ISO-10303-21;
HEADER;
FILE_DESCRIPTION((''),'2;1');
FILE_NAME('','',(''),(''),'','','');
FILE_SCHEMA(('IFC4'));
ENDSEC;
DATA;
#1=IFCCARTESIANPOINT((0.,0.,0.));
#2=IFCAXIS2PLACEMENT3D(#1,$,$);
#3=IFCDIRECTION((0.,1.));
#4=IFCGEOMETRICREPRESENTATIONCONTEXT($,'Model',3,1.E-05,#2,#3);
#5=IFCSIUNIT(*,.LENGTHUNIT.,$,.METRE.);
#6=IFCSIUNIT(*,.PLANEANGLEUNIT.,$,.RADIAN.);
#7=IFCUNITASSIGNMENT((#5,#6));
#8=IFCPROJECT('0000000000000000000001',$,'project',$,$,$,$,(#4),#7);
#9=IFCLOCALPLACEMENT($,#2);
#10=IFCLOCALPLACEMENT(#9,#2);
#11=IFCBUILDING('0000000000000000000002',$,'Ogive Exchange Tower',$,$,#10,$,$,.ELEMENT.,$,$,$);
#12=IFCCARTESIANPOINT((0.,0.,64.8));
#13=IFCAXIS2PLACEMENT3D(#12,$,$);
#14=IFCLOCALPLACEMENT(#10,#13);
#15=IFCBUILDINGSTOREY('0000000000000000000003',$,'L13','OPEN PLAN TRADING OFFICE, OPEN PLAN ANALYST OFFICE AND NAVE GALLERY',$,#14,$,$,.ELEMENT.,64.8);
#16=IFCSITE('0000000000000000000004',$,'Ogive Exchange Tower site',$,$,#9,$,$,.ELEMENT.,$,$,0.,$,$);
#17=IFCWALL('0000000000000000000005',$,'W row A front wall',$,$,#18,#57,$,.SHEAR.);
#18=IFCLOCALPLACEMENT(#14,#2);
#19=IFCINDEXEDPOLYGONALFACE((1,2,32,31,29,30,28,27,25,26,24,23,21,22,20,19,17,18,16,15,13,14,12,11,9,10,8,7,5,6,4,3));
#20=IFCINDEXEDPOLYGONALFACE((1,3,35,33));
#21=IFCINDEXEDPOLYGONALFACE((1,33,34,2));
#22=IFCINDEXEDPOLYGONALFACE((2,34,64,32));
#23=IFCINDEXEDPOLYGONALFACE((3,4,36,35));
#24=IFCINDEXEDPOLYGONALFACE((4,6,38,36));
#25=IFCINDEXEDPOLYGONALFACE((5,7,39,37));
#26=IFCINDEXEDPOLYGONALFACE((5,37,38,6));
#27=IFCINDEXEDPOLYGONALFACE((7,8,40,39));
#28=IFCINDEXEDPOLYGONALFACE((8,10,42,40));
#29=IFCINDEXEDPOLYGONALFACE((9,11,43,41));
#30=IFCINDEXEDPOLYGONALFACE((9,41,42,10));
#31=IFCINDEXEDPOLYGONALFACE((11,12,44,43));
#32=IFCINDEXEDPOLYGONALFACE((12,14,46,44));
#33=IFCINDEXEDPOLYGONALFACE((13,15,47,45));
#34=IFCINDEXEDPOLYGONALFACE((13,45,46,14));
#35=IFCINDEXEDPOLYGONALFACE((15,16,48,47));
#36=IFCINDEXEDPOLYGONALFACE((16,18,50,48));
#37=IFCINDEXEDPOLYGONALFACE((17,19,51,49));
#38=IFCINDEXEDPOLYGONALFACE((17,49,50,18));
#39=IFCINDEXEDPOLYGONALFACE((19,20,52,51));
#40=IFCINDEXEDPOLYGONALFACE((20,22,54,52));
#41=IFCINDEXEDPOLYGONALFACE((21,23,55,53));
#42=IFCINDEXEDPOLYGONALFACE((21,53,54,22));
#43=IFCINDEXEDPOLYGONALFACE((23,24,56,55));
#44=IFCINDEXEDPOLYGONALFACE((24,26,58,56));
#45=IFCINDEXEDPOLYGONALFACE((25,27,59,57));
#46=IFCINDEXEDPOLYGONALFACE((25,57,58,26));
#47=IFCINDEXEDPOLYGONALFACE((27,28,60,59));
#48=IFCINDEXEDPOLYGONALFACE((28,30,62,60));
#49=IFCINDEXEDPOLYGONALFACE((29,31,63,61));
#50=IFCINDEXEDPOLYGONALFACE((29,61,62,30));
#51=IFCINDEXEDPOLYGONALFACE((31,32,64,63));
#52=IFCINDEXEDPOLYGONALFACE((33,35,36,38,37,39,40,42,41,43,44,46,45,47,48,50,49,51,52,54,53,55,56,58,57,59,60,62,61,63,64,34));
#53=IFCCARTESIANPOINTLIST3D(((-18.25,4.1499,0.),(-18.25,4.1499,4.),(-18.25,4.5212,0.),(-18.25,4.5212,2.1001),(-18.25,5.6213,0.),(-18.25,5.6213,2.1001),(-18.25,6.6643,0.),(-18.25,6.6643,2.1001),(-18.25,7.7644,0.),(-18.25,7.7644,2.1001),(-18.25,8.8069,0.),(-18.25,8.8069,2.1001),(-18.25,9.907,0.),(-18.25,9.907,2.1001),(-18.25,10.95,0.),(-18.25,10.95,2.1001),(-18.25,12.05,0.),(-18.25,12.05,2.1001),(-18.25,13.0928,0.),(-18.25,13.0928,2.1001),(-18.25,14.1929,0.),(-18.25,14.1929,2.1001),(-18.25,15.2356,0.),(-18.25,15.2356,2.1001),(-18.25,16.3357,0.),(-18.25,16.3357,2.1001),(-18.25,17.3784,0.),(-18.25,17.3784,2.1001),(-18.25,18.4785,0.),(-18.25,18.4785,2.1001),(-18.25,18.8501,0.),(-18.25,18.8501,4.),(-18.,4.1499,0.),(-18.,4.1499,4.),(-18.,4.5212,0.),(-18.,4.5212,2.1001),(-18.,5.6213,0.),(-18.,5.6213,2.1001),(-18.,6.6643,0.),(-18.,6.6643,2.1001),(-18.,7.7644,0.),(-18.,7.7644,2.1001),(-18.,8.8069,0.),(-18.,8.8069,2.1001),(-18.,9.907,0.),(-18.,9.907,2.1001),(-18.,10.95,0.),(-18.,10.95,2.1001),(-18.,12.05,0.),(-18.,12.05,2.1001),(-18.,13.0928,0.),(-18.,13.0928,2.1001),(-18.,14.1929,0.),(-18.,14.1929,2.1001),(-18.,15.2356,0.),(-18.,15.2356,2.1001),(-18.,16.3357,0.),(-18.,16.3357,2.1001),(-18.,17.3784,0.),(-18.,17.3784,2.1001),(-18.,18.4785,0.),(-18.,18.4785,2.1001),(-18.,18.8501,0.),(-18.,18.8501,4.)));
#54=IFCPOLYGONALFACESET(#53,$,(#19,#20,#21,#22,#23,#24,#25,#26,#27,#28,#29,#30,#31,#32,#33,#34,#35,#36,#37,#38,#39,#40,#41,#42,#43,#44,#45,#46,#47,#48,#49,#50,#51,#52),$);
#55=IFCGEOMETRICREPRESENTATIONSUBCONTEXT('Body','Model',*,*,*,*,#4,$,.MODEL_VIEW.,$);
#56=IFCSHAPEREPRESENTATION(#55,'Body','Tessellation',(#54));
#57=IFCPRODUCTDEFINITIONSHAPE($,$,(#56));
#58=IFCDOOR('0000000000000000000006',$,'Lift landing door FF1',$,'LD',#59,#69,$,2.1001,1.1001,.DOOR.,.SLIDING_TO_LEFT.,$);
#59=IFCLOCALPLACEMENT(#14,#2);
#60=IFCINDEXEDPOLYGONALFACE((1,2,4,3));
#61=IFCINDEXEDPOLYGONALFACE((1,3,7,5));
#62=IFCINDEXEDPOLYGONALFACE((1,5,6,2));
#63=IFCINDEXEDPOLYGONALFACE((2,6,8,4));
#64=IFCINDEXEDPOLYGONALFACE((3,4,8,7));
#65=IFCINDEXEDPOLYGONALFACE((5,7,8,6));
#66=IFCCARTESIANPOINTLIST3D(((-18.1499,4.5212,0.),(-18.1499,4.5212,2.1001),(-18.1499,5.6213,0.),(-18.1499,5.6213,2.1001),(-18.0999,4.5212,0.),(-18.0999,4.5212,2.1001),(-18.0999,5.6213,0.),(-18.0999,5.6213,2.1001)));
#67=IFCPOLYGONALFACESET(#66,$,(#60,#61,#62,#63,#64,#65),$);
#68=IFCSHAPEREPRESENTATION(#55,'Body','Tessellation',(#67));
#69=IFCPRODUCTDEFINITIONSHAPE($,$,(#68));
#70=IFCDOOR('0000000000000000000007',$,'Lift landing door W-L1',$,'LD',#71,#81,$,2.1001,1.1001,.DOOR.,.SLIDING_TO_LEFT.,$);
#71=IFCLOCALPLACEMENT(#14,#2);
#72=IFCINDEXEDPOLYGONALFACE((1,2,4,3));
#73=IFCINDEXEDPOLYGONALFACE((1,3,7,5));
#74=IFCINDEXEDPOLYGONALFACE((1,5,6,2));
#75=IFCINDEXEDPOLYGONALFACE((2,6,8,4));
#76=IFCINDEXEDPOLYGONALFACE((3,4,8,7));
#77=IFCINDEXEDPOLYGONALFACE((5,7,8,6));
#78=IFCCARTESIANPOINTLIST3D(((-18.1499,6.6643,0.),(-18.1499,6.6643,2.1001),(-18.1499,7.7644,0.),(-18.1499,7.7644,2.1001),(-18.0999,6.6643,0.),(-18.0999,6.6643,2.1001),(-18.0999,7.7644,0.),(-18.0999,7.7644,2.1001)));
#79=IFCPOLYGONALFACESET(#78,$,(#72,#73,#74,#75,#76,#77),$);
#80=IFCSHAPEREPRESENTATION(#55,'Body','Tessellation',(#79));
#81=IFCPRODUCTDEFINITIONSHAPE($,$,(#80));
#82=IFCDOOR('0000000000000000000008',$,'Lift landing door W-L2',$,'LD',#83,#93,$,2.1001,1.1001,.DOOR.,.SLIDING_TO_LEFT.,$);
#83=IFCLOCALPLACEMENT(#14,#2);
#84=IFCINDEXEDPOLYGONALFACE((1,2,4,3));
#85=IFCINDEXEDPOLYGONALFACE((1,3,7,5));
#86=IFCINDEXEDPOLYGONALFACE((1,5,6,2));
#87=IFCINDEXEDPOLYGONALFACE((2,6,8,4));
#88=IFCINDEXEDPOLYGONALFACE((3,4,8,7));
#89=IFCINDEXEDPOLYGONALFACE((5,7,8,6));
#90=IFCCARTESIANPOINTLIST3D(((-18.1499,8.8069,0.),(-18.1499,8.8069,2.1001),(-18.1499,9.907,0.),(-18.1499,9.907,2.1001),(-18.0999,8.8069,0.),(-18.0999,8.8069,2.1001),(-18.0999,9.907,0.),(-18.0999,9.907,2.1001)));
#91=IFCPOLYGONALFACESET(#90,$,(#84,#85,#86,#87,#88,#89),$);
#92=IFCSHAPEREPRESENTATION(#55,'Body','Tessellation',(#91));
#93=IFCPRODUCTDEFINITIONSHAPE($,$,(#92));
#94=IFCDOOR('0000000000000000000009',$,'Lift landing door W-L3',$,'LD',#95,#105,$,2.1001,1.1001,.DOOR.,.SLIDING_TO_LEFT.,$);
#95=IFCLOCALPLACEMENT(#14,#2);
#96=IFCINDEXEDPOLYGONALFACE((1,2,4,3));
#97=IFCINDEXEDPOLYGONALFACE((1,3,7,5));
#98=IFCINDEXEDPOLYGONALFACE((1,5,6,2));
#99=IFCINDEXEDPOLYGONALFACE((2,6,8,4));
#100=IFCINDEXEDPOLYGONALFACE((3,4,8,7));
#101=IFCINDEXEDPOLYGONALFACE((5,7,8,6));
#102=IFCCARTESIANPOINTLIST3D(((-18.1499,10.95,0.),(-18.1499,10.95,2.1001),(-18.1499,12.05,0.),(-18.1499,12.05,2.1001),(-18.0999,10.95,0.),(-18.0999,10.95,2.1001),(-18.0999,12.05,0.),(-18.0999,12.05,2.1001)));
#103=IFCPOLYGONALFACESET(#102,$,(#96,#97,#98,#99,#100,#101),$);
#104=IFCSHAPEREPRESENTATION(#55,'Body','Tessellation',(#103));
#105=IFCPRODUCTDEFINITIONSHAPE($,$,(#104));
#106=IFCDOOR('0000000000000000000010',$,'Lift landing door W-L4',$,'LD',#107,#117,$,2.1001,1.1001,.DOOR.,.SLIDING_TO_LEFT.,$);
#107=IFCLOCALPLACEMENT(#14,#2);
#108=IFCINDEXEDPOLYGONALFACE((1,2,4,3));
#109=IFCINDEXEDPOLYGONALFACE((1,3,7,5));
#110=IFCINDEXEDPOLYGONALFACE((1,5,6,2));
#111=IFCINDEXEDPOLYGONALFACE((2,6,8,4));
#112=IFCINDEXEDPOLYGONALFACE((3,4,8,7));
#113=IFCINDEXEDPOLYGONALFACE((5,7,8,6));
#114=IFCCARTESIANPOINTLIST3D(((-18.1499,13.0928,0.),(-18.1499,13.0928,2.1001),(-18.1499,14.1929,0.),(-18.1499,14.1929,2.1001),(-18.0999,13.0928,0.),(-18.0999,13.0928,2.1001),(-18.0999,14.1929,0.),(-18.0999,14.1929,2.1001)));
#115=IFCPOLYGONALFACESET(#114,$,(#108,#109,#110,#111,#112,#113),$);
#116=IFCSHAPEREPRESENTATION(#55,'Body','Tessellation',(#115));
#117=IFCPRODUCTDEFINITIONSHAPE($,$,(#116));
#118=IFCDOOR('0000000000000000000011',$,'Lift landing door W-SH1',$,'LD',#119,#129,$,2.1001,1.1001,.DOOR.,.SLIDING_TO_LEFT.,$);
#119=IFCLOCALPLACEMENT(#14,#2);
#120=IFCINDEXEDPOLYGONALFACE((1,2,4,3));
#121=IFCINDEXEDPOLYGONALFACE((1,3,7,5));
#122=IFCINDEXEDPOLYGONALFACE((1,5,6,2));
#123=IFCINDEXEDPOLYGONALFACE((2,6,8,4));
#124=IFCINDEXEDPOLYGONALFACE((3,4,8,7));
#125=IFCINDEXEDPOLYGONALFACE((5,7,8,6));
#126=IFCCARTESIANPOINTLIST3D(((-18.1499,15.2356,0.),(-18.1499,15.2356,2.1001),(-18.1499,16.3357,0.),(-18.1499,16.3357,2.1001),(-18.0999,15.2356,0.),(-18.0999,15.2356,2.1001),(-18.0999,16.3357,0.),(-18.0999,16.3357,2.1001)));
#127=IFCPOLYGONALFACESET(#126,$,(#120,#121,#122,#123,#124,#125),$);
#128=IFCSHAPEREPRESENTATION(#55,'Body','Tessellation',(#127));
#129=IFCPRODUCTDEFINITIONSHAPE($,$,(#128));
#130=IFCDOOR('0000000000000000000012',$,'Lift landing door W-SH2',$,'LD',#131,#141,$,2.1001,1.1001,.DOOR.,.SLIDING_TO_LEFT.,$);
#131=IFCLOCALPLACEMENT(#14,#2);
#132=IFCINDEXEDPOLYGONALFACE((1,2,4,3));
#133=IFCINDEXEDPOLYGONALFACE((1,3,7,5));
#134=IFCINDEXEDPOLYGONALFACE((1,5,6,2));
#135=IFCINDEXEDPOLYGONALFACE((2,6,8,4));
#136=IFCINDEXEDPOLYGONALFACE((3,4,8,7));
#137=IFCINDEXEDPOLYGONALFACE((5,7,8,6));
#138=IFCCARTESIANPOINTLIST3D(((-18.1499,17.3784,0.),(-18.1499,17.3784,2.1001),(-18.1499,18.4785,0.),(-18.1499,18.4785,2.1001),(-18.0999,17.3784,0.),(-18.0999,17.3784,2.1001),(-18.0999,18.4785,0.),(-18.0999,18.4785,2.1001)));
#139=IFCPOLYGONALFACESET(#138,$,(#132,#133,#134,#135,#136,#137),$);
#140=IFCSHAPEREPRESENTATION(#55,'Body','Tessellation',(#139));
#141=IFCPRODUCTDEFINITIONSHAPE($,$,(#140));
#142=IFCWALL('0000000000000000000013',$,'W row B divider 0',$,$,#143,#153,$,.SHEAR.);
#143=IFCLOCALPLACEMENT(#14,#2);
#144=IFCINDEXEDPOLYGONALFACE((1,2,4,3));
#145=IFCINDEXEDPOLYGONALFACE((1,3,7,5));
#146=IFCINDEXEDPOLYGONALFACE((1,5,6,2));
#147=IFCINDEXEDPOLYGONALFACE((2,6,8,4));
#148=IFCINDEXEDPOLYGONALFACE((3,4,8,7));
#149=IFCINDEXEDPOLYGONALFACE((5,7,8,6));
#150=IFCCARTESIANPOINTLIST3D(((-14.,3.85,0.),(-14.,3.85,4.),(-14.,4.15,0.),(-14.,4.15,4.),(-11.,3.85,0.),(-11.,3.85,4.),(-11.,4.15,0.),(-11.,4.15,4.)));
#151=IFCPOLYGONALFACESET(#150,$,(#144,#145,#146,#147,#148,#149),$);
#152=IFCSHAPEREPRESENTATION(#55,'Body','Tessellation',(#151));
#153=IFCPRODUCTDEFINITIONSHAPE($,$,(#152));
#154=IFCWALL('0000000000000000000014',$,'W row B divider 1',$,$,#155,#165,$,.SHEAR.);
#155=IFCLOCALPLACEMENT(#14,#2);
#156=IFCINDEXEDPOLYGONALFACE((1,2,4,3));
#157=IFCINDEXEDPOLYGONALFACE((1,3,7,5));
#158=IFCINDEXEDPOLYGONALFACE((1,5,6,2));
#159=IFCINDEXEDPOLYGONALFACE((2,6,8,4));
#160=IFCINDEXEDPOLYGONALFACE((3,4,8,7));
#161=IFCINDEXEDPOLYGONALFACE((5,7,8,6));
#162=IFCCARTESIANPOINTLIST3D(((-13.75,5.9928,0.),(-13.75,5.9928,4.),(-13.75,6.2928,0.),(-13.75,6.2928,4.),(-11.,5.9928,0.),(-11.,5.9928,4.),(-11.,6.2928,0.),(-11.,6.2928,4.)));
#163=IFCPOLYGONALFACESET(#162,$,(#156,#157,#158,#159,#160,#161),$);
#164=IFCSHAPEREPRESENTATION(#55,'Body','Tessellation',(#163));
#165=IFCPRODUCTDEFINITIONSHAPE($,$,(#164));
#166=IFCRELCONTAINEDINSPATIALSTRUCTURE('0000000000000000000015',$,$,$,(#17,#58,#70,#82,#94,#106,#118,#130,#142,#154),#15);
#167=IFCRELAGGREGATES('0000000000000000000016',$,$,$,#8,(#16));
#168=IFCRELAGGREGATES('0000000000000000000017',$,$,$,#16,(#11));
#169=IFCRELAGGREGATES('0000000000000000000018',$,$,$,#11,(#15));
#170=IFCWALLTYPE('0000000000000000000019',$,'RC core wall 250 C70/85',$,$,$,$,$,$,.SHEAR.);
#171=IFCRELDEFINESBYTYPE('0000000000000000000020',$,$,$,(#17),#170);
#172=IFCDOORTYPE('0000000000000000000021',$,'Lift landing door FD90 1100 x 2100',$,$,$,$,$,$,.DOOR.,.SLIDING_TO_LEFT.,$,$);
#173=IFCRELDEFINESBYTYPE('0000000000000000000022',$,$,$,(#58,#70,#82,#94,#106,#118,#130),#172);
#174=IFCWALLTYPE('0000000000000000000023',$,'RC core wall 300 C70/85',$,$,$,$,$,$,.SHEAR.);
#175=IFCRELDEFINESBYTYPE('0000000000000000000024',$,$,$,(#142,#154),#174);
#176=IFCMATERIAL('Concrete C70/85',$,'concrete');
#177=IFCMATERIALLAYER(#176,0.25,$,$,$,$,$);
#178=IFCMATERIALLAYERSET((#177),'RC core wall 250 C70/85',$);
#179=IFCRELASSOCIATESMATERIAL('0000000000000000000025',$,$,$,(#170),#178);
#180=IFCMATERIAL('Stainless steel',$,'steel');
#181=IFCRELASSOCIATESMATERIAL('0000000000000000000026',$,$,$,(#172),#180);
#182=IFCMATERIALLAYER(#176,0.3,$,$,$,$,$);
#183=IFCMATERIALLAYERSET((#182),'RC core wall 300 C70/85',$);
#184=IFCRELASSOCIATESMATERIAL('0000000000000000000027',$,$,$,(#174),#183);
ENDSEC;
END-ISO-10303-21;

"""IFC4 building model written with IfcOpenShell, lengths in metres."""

from ifc_helpers import new_model, si_unit, direction, frame, frame_2d, origin, place, context, subcontext, project, spatial, rectangle, extrude, material, layer, layer_set, type_object, element, fill, save


model = new_model("IFC4")

# Units and contexts
model_context = context("Model", 3, precision=1e-05, world=origin(), true_north=direction((0.0, 1.0)))
body_context = subcontext(model_context, "Body", "Model", "MODEL_VIEW")
ifc_project = project(units=[si_unit("LENGTHUNIT", "METRE"), si_unit("PLANEANGLEUNIT", "RADIAN")], contexts=[model_context])

# Site, building, storey
site_placement = place(None, origin())
site = spatial("IfcSite", under=ifc_project, at=site_placement, Name="Ogive Exchange Tower site", CompositionType="ELEMENT", RefElevation=0.0)
building_placement = place(site_placement, origin())
building = spatial("IfcBuilding", under=site, at=building_placement, Name="Ogive Exchange Tower", CompositionType="ELEMENT")
storey_placement = place(building_placement, frame((0.0, 0.0, 64.8)))
storey = spatial("IfcBuildingStorey", under=building, at=storey_placement, Name="L13", Description="OPEN PLAN TRADING OFFICE, OPEN PLAN ANALYST OFFICE AND NAVE GALLERY", CompositionType="ELEMENT", Elevation=64.8)

# Shared definitions
ifc_material_1 = material(Name="Concrete C70/85", Category="concrete")
ifc_layer_1 = layer(ifc_material_1, 0.25)
ifc_layer_set_1 = layer_set([ifc_layer_1], Name="RC core wall 250 C70/85")
wall_type_1 = type_object("IfcWallType", Name="RC core wall 250 C70/85", PredefinedType="SHEAR", material=ifc_layer_set_1)

# Wall, openings, doors
wall_1_placement = place(storey_placement, frame((-18.125, 4.1499, 0.0), z_axis=(0.0, 0.0, 1.0), x_axis=(0.0, 1.0, 0.0)))
wall_1 = element("IfcWall", 1, at=wall_1_placement, inside=storey, type_object=wall_type_1, Name="W row A front wall", PredefinedType="SHEAR", context=body_context, shape_type="SweptSolid", body=[
    extrude(rectangle(XDim=14.7002, YDim=0.25, at=frame_2d((7.3501, 0.0))), origin(), (0.0, 0.0, 1.0), 4.0),
])
opening_1_placement = place(wall_1_placement, frame((0.3713, 0.0, 0.0)))
opening_1 = element("IfcOpeningElement", 2, at=opening_1_placement, cuts=wall_1, PredefinedType="OPENING", context=body_context, shape_type="SweptSolid", body=[
    extrude(rectangle(XDim=1.1001, YDim=2.1001, at=frame_2d((0.55, 1.05))), frame((0.0, 0.135, 0.0), z_axis=(0.0, -1.0, 0.0), x_axis=(1.0, 0.0, 0.0)), (0.0, 0.0, 1.0), 0.27),
])
opening_2_placement = place(wall_1_placement, frame((2.5144, 0.0, 0.0)))
opening_2 = element("IfcOpeningElement", 3, at=opening_2_placement, cuts=wall_1, PredefinedType="OPENING", context=body_context, shape_type="SweptSolid", body=[
    extrude(rectangle(XDim=1.1001, YDim=2.1001, at=frame_2d((0.55, 1.05))), frame((0.0, 0.135, 0.0), z_axis=(0.0, -1.0, 0.0), x_axis=(1.0, 0.0, 0.0)), (0.0, 0.0, 1.0), 0.27),
])
opening_3_placement = place(wall_1_placement, frame((4.657, 0.0, 0.0)))
opening_3 = element("IfcOpeningElement", 4, at=opening_3_placement, cuts=wall_1, PredefinedType="OPENING", context=body_context, shape_type="SweptSolid", body=[
    extrude(rectangle(XDim=1.1001, YDim=2.1001, at=frame_2d((0.55, 1.05))), frame((0.0, 0.135, 0.0), z_axis=(0.0, -1.0, 0.0), x_axis=(1.0, 0.0, 0.0)), (0.0, 0.0, 1.0), 0.27),
])
opening_4_placement = place(wall_1_placement, frame((6.8, 0.0, 0.0)))
opening_4 = element("IfcOpeningElement", 5, at=opening_4_placement, cuts=wall_1, PredefinedType="OPENING", context=body_context, shape_type="SweptSolid", body=[
    extrude(rectangle(XDim=1.1001, YDim=2.1001, at=frame_2d((0.55, 1.05))), frame((0.0, 0.135, 0.0), z_axis=(0.0, -1.0, 0.0), x_axis=(1.0, 0.0, 0.0)), (0.0, 0.0, 1.0), 0.27),
])
opening_5_placement = place(wall_1_placement, frame((8.9429, 0.0, 0.0)))
opening_5 = element("IfcOpeningElement", 6, at=opening_5_placement, cuts=wall_1, PredefinedType="OPENING", context=body_context, shape_type="SweptSolid", body=[
    extrude(rectangle(XDim=1.1001, YDim=2.1001, at=frame_2d((0.55, 1.05))), frame((0.0, 0.135, 0.0), z_axis=(0.0, -1.0, 0.0), x_axis=(1.0, 0.0, 0.0)), (0.0, 0.0, 1.0), 0.27),
])
opening_6_placement = place(wall_1_placement, frame((11.0857, 0.0, 0.0)))
opening_6 = element("IfcOpeningElement", 7, at=opening_6_placement, cuts=wall_1, PredefinedType="OPENING", context=body_context, shape_type="SweptSolid", body=[
    extrude(rectangle(XDim=1.1001, YDim=2.1001, at=frame_2d((0.55, 1.05))), frame((0.0, 0.135, 0.0), z_axis=(0.0, -1.0, 0.0), x_axis=(1.0, 0.0, 0.0)), (0.0, 0.0, 1.0), 0.27),
])
opening_7_placement = place(wall_1_placement, frame((13.2285, 0.0, 0.0)))
opening_7 = element("IfcOpeningElement", 8, at=opening_7_placement, cuts=wall_1, PredefinedType="OPENING", context=body_context, shape_type="SweptSolid", body=[
    extrude(rectangle(XDim=1.1001, YDim=2.1001, at=frame_2d((0.55, 1.05))), frame((0.0, 0.135, 0.0), z_axis=(0.0, -1.0, 0.0), x_axis=(1.0, 0.0, 0.0)), (0.0, 0.0, 1.0), 0.27),
])
ifc_material_2 = material(Name="Stainless steel", Category="steel")
door_type_1 = type_object("IfcDoorType", Name="Lift landing door FD90 1100 x 2100", OperationType="SLIDING_TO_LEFT", PredefinedType="DOOR", material=ifc_material_2)
door_1_placement = place(opening_1_placement, origin())
door_1 = element("IfcDoor", 9, at=door_1_placement, inside=storey, type_object=door_type_1, Name="Lift landing door FF1", ObjectType="LD", OperationType="SLIDING_TO_LEFT", OverallHeight=2.1001, OverallWidth=1.1001, PredefinedType="DOOR", context=body_context, shape_type="SweptSolid", body=[
    extrude(rectangle(XDim=1.1001, YDim=2.1001, at=frame_2d((0.55, 1.05))), frame((0.0, 0.0249, 0.0), z_axis=(0.0, -1.0, 0.0), x_axis=(1.0, 0.0, 0.0)), (0.0, 0.0, 1.0), 0.05),
])
fill(opening_1, door_1)
door_2_placement = place(opening_2_placement, origin())
door_2 = element("IfcDoor", 10, at=door_2_placement, inside=storey, type_object=door_type_1, Name="Lift landing door W-L1", ObjectType="LD", OperationType="SLIDING_TO_LEFT", OverallHeight=2.1001, OverallWidth=1.1001, PredefinedType="DOOR", context=body_context, shape_type="SweptSolid", body=[
    extrude(rectangle(XDim=1.1001, YDim=2.1001, at=frame_2d((0.55, 1.05))), frame((0.0, 0.0249, 0.0), z_axis=(0.0, -1.0, 0.0), x_axis=(1.0, 0.0, 0.0)), (0.0, 0.0, 1.0), 0.05),
])
fill(opening_2, door_2)
door_3_placement = place(opening_3_placement, origin())
door_3 = element("IfcDoor", 11, at=door_3_placement, inside=storey, type_object=door_type_1, Name="Lift landing door W-L2", ObjectType="LD", OperationType="SLIDING_TO_LEFT", OverallHeight=2.1001, OverallWidth=1.1001, PredefinedType="DOOR", context=body_context, shape_type="SweptSolid", body=[
    extrude(rectangle(XDim=1.1001, YDim=2.1001, at=frame_2d((0.55, 1.05))), frame((0.0, 0.0249, 0.0), z_axis=(0.0, -1.0, 0.0), x_axis=(1.0, 0.0, 0.0)), (0.0, 0.0, 1.0), 0.05),
])
fill(opening_3, door_3)
door_4_placement = place(opening_4_placement, origin())
door_4 = element("IfcDoor", 12, at=door_4_placement, inside=storey, type_object=door_type_1, Name="Lift landing door W-L3", ObjectType="LD", OperationType="SLIDING_TO_LEFT", OverallHeight=2.1001, OverallWidth=1.1001, PredefinedType="DOOR", context=body_context, shape_type="SweptSolid", body=[
    extrude(rectangle(XDim=1.1001, YDim=2.1001, at=frame_2d((0.55, 1.05))), frame((0.0, 0.0249, 0.0), z_axis=(0.0, -1.0, 0.0), x_axis=(1.0, 0.0, 0.0)), (0.0, 0.0, 1.0), 0.05),
])
fill(opening_4, door_4)
door_5_placement = place(opening_5_placement, origin())
door_5 = element("IfcDoor", 13, at=door_5_placement, inside=storey, type_object=door_type_1, Name="Lift landing door W-L4", ObjectType="LD", OperationType="SLIDING_TO_LEFT", OverallHeight=2.1001, OverallWidth=1.1001, PredefinedType="DOOR", context=body_context, shape_type="SweptSolid", body=[
    extrude(rectangle(XDim=1.1001, YDim=2.1001, at=frame_2d((0.55, 1.05))), frame((0.0, 0.0249, 0.0), z_axis=(0.0, -1.0, 0.0), x_axis=(1.0, 0.0, 0.0)), (0.0, 0.0, 1.0), 0.05),
])
fill(opening_5, door_5)
door_6_placement = place(opening_6_placement, origin())
door_6 = element("IfcDoor", 14, at=door_6_placement, inside=storey, type_object=door_type_1, Name="Lift landing door W-SH1", ObjectType="LD", OperationType="SLIDING_TO_LEFT", OverallHeight=2.1001, OverallWidth=1.1001, PredefinedType="DOOR", context=body_context, shape_type="SweptSolid", body=[
    extrude(rectangle(XDim=1.1001, YDim=2.1001, at=frame_2d((0.55, 1.05))), frame((0.0, 0.0249, 0.0), z_axis=(0.0, -1.0, 0.0), x_axis=(1.0, 0.0, 0.0)), (0.0, 0.0, 1.0), 0.05),
])
fill(opening_6, door_6)
door_7_placement = place(opening_7_placement, origin())
door_7 = element("IfcDoor", 15, at=door_7_placement, inside=storey, type_object=door_type_1, Name="Lift landing door W-SH2", ObjectType="LD", OperationType="SLIDING_TO_LEFT", OverallHeight=2.1001, OverallWidth=1.1001, PredefinedType="DOOR", context=body_context, shape_type="SweptSolid", body=[
    extrude(rectangle(XDim=1.1001, YDim=2.1001, at=frame_2d((0.55, 1.05))), frame((0.0, 0.0249, 0.0), z_axis=(0.0, -1.0, 0.0), x_axis=(1.0, 0.0, 0.0)), (0.0, 0.0, 1.0), 0.05),
])
fill(opening_7, door_7)

# Walls
ifc_layer_2 = layer(ifc_material_1, 0.3)
ifc_layer_set_2 = layer_set([ifc_layer_2], Name="RC core wall 300 C70/85")
wall_type_2 = type_object("IfcWallType", Name="RC core wall 300 C70/85", PredefinedType="SHEAR", material=ifc_layer_set_2)
wall_2_placement = place(storey_placement, frame((-14.0, 4.0, 0.0), z_axis=(0.0, 0.0, 1.0), x_axis=(1.0, 0.0, 0.0)))
element("IfcWall", 16, at=wall_2_placement, inside=storey, type_object=wall_type_2, Name="W row B divider 0", PredefinedType="SHEAR", context=body_context, shape_type="SweptSolid", body=[
    extrude(rectangle(XDim=3.0, YDim=0.3, at=frame_2d((1.5, 0.0))), origin(), (0.0, 0.0, 1.0), 4.0),
])
wall_3_placement = place(storey_placement, frame((-13.75, 6.1428, 0.0), z_axis=(0.0, 0.0, 1.0), x_axis=(1.0, 0.0, 0.0)))
element("IfcWall", 17, at=wall_3_placement, inside=storey, type_object=wall_type_2, Name="W row B divider 1", PredefinedType="SHEAR", context=body_context, shape_type="SweptSolid", body=[
    extrude(rectangle(XDim=2.75, YDim=0.3, at=frame_2d((1.375, 0.0))), origin(), (0.0, 0.0, 1.0), 4.0),
])

save(model, "model.ifc")
